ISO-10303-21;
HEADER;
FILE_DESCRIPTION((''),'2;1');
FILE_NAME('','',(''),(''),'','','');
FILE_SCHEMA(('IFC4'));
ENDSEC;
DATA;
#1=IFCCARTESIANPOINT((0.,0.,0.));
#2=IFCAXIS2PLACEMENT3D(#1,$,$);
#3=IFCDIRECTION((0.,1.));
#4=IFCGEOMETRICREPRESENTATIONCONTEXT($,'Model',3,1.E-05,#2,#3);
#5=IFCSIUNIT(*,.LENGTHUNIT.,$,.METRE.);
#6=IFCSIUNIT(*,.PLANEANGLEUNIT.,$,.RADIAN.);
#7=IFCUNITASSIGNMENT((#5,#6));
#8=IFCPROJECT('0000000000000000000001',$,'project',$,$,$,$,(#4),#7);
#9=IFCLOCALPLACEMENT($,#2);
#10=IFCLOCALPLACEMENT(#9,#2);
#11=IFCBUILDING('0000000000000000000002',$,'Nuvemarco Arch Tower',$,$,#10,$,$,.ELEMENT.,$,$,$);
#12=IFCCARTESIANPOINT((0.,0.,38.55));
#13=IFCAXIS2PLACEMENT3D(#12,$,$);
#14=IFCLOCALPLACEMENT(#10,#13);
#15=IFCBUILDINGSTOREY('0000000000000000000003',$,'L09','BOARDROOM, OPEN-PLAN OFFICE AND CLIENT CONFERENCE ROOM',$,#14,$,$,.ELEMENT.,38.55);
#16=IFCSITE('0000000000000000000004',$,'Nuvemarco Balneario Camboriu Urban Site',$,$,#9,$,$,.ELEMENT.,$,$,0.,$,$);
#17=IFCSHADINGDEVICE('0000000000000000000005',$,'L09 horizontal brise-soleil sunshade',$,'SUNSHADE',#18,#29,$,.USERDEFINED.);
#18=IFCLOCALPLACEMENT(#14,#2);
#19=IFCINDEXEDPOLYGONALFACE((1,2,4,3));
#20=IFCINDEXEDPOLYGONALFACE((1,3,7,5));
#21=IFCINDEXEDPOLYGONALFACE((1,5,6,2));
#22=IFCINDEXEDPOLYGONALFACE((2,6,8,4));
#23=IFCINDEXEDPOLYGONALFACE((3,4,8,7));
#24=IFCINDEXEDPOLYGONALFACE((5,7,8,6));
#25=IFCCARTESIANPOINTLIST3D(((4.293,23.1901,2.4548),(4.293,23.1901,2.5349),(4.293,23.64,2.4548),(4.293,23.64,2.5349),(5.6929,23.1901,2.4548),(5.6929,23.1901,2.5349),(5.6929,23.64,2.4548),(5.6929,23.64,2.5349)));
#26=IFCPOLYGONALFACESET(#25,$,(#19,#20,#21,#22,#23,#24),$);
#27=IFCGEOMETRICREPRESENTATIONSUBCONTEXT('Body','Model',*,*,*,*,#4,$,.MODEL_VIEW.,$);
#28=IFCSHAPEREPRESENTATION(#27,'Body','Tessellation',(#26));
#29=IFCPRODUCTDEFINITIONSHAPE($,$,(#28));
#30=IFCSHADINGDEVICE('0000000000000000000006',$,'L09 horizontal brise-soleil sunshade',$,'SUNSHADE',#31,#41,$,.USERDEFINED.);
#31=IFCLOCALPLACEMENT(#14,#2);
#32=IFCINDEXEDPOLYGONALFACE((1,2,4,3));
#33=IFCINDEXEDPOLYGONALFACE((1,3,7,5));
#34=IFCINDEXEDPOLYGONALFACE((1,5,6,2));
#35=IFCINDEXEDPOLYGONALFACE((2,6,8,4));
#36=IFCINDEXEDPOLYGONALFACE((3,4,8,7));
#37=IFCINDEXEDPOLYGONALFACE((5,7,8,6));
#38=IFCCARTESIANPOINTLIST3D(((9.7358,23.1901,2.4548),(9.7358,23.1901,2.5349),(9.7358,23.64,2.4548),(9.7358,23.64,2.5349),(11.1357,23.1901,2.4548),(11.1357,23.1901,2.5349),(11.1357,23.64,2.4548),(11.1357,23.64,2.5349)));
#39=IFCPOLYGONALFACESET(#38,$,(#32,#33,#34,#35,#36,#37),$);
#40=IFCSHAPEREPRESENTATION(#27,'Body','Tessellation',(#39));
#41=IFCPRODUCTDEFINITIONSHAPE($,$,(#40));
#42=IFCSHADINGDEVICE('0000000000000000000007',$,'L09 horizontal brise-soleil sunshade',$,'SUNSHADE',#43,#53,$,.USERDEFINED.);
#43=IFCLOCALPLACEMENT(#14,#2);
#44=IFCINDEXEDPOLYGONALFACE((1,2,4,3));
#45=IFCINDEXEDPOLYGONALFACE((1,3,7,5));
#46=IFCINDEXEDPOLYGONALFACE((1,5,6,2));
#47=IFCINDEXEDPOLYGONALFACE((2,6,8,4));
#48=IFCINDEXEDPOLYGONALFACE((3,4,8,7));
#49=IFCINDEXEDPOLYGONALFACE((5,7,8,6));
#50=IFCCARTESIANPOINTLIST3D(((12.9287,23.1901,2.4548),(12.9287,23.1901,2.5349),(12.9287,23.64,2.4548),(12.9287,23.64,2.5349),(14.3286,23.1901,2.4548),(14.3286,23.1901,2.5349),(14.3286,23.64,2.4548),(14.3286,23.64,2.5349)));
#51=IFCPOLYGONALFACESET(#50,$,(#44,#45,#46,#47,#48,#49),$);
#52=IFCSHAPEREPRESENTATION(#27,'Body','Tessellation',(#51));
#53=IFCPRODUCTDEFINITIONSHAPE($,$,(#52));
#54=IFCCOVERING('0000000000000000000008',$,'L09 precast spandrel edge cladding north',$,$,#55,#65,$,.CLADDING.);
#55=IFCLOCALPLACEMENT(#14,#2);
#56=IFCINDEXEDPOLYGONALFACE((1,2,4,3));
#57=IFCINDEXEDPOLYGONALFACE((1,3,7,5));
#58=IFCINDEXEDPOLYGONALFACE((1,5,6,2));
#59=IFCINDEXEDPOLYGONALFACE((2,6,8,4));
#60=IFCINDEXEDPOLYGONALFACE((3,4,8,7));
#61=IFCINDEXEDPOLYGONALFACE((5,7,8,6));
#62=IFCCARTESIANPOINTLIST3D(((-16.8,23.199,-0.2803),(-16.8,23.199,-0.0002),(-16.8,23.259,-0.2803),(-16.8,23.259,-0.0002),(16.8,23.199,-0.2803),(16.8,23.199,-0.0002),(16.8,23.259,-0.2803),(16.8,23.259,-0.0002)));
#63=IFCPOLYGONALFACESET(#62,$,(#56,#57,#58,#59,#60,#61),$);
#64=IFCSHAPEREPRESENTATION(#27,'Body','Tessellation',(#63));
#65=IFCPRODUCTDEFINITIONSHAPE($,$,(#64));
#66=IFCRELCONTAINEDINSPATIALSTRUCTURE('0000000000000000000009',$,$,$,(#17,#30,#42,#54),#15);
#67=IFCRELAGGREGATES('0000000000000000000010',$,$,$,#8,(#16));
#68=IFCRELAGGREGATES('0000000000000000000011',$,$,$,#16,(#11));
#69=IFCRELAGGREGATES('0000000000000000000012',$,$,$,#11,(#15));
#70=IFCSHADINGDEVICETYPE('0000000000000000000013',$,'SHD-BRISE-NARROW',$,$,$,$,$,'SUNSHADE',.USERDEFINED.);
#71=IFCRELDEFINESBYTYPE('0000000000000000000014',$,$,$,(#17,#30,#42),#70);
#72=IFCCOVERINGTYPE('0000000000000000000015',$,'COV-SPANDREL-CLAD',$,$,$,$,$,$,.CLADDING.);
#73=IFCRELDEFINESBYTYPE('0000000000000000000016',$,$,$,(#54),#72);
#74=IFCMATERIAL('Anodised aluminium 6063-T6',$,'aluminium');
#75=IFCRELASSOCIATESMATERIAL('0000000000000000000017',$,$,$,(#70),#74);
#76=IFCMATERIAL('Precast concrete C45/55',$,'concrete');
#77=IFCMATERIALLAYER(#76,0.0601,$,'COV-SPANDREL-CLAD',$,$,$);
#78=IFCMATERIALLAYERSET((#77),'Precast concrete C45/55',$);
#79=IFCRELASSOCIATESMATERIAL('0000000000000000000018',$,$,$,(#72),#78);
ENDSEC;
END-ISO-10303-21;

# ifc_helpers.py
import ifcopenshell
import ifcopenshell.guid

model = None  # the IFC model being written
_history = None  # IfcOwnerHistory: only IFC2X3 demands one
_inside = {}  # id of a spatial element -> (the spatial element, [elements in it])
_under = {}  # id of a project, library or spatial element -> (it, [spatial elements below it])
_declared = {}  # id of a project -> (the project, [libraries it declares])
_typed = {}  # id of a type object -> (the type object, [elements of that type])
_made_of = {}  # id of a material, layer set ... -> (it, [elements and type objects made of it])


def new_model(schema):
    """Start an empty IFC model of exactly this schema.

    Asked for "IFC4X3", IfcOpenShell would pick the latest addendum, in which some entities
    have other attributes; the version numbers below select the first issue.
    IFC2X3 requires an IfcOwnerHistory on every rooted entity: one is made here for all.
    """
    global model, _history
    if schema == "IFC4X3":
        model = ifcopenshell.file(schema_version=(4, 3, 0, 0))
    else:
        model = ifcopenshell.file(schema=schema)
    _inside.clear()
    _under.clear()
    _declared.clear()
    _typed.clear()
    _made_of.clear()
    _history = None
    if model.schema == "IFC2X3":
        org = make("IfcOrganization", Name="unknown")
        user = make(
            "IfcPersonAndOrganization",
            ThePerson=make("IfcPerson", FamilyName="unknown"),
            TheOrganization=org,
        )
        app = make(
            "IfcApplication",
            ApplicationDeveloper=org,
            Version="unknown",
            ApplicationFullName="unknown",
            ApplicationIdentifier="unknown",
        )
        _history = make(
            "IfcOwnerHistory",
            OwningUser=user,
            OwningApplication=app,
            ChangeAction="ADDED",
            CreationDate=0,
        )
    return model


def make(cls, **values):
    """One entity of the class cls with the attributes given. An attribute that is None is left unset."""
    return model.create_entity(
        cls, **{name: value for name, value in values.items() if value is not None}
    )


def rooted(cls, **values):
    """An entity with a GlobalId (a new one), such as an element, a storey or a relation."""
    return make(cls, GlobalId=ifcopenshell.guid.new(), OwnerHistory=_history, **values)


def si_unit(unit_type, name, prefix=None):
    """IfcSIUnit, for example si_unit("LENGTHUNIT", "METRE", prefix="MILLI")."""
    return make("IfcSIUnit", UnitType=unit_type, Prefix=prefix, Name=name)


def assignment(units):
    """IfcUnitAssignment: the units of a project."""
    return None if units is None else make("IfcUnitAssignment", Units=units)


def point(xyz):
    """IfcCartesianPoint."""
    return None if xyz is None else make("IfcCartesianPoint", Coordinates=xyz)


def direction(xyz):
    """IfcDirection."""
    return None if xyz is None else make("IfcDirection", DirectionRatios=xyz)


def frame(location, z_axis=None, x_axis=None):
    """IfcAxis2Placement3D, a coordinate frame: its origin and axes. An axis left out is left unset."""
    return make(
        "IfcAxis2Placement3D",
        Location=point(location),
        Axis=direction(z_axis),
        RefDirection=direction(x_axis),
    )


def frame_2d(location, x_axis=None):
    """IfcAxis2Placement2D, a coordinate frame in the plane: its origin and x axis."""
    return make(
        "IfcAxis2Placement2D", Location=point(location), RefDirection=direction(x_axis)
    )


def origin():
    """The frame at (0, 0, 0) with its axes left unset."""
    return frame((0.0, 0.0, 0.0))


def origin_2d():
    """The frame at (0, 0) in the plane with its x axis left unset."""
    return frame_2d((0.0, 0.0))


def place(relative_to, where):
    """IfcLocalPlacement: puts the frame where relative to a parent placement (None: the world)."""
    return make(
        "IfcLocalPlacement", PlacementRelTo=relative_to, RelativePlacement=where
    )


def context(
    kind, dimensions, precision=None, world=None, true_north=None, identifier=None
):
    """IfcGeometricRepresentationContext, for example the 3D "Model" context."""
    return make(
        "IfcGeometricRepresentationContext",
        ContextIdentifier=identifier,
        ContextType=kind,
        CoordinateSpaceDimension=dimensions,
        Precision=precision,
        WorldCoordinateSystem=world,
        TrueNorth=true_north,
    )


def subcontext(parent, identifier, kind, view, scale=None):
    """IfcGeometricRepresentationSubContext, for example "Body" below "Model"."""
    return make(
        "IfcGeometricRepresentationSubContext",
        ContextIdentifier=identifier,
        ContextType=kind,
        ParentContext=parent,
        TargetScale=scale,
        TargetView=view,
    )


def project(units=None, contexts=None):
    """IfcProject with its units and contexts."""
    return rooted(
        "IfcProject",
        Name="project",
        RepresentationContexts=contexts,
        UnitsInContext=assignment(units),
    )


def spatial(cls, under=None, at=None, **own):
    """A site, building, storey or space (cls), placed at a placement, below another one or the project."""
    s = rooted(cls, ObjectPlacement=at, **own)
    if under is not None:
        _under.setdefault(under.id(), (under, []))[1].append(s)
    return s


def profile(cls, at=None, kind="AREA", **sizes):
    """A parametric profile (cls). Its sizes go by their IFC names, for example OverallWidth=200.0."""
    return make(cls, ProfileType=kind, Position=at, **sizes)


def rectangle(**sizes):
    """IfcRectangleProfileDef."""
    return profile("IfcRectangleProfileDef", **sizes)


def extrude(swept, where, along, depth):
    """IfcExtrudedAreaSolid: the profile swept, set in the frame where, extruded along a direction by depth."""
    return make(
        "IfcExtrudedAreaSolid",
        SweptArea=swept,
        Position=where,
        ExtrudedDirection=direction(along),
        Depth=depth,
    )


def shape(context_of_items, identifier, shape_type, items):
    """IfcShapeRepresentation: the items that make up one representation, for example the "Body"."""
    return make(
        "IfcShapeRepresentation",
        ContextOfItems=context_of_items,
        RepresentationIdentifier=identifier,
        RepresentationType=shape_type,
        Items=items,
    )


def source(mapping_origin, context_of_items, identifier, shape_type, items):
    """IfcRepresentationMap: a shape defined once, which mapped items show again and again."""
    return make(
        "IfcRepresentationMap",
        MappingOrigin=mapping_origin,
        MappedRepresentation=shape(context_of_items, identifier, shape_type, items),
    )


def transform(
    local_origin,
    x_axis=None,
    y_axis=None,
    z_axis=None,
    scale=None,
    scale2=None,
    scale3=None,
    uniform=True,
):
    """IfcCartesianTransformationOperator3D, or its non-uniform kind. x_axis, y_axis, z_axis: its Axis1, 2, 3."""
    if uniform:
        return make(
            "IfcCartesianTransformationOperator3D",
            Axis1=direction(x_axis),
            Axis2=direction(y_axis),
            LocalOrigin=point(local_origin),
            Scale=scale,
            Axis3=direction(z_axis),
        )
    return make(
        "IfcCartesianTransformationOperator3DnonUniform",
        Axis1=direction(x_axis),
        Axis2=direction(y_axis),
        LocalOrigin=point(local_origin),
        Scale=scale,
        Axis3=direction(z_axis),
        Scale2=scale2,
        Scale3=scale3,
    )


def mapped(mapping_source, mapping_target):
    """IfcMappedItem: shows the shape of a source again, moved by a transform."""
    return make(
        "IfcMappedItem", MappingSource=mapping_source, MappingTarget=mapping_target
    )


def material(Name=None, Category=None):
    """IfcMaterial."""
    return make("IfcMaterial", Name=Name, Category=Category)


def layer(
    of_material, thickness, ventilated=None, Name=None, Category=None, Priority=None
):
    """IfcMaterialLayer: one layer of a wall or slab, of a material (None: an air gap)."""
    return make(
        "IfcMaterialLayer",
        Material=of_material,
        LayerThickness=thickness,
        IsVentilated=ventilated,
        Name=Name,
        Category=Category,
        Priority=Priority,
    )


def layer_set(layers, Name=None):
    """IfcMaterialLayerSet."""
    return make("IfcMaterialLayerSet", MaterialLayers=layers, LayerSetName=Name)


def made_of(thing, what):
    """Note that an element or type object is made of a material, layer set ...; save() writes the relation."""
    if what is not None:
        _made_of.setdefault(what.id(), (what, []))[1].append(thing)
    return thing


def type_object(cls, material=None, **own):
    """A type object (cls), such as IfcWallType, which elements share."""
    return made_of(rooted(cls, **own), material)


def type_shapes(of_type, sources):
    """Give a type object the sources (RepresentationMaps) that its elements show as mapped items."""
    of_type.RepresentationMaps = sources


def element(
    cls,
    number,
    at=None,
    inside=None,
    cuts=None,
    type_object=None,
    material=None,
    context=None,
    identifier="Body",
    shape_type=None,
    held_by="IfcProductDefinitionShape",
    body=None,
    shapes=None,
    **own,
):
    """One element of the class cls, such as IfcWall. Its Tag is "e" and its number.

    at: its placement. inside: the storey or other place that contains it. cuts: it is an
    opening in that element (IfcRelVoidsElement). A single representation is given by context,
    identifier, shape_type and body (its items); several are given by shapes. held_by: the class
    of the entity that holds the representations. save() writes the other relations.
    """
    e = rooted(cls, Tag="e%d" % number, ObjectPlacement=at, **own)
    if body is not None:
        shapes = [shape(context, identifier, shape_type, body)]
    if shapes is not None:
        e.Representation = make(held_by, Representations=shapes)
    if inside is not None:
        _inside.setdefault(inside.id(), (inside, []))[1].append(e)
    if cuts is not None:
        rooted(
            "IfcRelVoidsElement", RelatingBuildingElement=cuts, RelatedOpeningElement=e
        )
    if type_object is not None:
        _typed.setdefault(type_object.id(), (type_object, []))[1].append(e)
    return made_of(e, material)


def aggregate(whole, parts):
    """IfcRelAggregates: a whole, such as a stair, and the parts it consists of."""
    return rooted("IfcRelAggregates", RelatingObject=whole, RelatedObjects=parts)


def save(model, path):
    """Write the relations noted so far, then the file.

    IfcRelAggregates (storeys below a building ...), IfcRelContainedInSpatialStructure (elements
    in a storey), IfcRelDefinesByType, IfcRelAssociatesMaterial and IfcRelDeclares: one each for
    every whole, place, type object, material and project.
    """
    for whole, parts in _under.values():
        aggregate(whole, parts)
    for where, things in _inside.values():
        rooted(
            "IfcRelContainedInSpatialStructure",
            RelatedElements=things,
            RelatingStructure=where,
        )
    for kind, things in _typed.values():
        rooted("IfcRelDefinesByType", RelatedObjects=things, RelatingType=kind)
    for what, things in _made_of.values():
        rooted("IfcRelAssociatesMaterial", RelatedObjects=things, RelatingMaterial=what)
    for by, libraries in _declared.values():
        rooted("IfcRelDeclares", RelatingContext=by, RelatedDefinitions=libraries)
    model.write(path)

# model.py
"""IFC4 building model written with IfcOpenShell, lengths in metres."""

from ifc_helpers import new_model, si_unit, direction, frame, origin, origin_2d, place, context, subcontext, project, spatial, rectangle, extrude, source, transform, mapped, material, layer, layer_set, type_object, type_shapes, element, save


model = new_model("IFC4")

# Units and contexts
model_context = context("Model", 3, precision=1e-05, world=origin(), true_north=direction((0.0, 1.0)))
body_context = subcontext(model_context, "Body", "Model", "MODEL_VIEW")
ifc_project = project(units=[si_unit("LENGTHUNIT", "METRE"), si_unit("PLANEANGLEUNIT", "RADIAN")], contexts=[model_context])

# Site, building, storey
site_placement = place(None, origin())
site = spatial("IfcSite", under=ifc_project, at=site_placement, Name="Nuvemarco Balneario Camboriu Urban Site", CompositionType="ELEMENT", RefElevation=0.0)
building_placement = place(site_placement, origin())
building = spatial("IfcBuilding", under=site, at=building_placement, Name="Nuvemarco Arch Tower", CompositionType="ELEMENT")
storey_placement = place(building_placement, frame((0.0, 0.0, 38.55)))
storey = spatial("IfcBuildingStorey", under=building, at=storey_placement, Name="L09", Description="BOARDROOM, OPEN-PLAN OFFICE AND CLIENT CONFERENCE ROOM", CompositionType="ELEMENT", Elevation=38.55)

# Shared definitions
ifc_material_1 = material(Name="Precast concrete C45/55", Category="concrete")

# Shading devices
ifc_material_2 = material(Name="Anodised aluminium 6063-T6", Category="aluminium")
shading_device_type_1 = type_object("IfcShadingDeviceType", Name="SHD-BRISE-NARROW", ElementType="SUNSHADE", PredefinedType="USERDEFINED", material=ifc_material_2)
shared_shape_1 = source(origin(), body_context, "Body", "SweptSolid", [
    extrude(rectangle(XDim=1.3999, YDim=0.45, at=origin_2d()), origin(), (0.0, 0.0, 1.0), 0.0801),
])
type_shapes(shading_device_type_1, [shared_shape_1])
for number, where, z_axis, x_axis, name in (
    (1, (4.9929, 23.415, 2.4548), (0.0, 0.0, 1.0), (1.0, 0.0, 0.0), "L09 horizontal brise-soleil sunshade"),
    (2, (10.4358, 23.415, 2.4548), (0.0, 0.0, 1.0), (1.0, 0.0, 0.0), "L09 horizontal brise-soleil sunshade"),
    (3, (13.6287, 23.415, 2.4548), (0.0, 0.0, 1.0), (1.0, 0.0, 0.0), "L09 horizontal brise-soleil sunshade"),
):
    element("IfcShadingDevice", number, at=place(storey_placement, frame(where, z_axis=z_axis, x_axis=x_axis)), inside=storey, type_object=shading_device_type_1, Name=name, ObjectType="SUNSHADE", PredefinedType="USERDEFINED", context=body_context, shape_type="MappedRepresentation", body=[
        mapped(shared_shape_1, transform((0.0, 0.0, 0.0), scale=1.0)),
    ])

# Covering
ifc_layer_1 = layer(ifc_material_1, 0.0601, Name="COV-SPANDREL-CLAD")
ifc_layer_set_1 = layer_set([ifc_layer_1], Name="Precast concrete C45/55")
covering_type = type_object("IfcCoveringType", Name="COV-SPANDREL-CLAD", PredefinedType="CLADDING", material=ifc_layer_set_1)
shared_shape_2 = source(origin(), body_context, "Body", "SweptSolid", [
    extrude(rectangle(XDim=33.6001, YDim=0.0601, at=origin_2d()), origin(), (0.0, 0.0, 1.0), 0.28),
])
type_shapes(covering_type, [shared_shape_2])
covering_placement = place(storey_placement, frame((0.0, 23.229, -0.2803), z_axis=(0.0, 0.0, 1.0), x_axis=(1.0, 0.0, 0.0)))
element("IfcCovering", 4, at=covering_placement, inside=storey, type_object=covering_type, Name="L09 precast spandrel edge cladding north", PredefinedType="CLADDING", context=body_context, shape_type="MappedRepresentation", body=[
    mapped(shared_shape_2, transform((0.0, 0.0, 0.0), scale=1.0)),
])

save(model, "model.ifc")
